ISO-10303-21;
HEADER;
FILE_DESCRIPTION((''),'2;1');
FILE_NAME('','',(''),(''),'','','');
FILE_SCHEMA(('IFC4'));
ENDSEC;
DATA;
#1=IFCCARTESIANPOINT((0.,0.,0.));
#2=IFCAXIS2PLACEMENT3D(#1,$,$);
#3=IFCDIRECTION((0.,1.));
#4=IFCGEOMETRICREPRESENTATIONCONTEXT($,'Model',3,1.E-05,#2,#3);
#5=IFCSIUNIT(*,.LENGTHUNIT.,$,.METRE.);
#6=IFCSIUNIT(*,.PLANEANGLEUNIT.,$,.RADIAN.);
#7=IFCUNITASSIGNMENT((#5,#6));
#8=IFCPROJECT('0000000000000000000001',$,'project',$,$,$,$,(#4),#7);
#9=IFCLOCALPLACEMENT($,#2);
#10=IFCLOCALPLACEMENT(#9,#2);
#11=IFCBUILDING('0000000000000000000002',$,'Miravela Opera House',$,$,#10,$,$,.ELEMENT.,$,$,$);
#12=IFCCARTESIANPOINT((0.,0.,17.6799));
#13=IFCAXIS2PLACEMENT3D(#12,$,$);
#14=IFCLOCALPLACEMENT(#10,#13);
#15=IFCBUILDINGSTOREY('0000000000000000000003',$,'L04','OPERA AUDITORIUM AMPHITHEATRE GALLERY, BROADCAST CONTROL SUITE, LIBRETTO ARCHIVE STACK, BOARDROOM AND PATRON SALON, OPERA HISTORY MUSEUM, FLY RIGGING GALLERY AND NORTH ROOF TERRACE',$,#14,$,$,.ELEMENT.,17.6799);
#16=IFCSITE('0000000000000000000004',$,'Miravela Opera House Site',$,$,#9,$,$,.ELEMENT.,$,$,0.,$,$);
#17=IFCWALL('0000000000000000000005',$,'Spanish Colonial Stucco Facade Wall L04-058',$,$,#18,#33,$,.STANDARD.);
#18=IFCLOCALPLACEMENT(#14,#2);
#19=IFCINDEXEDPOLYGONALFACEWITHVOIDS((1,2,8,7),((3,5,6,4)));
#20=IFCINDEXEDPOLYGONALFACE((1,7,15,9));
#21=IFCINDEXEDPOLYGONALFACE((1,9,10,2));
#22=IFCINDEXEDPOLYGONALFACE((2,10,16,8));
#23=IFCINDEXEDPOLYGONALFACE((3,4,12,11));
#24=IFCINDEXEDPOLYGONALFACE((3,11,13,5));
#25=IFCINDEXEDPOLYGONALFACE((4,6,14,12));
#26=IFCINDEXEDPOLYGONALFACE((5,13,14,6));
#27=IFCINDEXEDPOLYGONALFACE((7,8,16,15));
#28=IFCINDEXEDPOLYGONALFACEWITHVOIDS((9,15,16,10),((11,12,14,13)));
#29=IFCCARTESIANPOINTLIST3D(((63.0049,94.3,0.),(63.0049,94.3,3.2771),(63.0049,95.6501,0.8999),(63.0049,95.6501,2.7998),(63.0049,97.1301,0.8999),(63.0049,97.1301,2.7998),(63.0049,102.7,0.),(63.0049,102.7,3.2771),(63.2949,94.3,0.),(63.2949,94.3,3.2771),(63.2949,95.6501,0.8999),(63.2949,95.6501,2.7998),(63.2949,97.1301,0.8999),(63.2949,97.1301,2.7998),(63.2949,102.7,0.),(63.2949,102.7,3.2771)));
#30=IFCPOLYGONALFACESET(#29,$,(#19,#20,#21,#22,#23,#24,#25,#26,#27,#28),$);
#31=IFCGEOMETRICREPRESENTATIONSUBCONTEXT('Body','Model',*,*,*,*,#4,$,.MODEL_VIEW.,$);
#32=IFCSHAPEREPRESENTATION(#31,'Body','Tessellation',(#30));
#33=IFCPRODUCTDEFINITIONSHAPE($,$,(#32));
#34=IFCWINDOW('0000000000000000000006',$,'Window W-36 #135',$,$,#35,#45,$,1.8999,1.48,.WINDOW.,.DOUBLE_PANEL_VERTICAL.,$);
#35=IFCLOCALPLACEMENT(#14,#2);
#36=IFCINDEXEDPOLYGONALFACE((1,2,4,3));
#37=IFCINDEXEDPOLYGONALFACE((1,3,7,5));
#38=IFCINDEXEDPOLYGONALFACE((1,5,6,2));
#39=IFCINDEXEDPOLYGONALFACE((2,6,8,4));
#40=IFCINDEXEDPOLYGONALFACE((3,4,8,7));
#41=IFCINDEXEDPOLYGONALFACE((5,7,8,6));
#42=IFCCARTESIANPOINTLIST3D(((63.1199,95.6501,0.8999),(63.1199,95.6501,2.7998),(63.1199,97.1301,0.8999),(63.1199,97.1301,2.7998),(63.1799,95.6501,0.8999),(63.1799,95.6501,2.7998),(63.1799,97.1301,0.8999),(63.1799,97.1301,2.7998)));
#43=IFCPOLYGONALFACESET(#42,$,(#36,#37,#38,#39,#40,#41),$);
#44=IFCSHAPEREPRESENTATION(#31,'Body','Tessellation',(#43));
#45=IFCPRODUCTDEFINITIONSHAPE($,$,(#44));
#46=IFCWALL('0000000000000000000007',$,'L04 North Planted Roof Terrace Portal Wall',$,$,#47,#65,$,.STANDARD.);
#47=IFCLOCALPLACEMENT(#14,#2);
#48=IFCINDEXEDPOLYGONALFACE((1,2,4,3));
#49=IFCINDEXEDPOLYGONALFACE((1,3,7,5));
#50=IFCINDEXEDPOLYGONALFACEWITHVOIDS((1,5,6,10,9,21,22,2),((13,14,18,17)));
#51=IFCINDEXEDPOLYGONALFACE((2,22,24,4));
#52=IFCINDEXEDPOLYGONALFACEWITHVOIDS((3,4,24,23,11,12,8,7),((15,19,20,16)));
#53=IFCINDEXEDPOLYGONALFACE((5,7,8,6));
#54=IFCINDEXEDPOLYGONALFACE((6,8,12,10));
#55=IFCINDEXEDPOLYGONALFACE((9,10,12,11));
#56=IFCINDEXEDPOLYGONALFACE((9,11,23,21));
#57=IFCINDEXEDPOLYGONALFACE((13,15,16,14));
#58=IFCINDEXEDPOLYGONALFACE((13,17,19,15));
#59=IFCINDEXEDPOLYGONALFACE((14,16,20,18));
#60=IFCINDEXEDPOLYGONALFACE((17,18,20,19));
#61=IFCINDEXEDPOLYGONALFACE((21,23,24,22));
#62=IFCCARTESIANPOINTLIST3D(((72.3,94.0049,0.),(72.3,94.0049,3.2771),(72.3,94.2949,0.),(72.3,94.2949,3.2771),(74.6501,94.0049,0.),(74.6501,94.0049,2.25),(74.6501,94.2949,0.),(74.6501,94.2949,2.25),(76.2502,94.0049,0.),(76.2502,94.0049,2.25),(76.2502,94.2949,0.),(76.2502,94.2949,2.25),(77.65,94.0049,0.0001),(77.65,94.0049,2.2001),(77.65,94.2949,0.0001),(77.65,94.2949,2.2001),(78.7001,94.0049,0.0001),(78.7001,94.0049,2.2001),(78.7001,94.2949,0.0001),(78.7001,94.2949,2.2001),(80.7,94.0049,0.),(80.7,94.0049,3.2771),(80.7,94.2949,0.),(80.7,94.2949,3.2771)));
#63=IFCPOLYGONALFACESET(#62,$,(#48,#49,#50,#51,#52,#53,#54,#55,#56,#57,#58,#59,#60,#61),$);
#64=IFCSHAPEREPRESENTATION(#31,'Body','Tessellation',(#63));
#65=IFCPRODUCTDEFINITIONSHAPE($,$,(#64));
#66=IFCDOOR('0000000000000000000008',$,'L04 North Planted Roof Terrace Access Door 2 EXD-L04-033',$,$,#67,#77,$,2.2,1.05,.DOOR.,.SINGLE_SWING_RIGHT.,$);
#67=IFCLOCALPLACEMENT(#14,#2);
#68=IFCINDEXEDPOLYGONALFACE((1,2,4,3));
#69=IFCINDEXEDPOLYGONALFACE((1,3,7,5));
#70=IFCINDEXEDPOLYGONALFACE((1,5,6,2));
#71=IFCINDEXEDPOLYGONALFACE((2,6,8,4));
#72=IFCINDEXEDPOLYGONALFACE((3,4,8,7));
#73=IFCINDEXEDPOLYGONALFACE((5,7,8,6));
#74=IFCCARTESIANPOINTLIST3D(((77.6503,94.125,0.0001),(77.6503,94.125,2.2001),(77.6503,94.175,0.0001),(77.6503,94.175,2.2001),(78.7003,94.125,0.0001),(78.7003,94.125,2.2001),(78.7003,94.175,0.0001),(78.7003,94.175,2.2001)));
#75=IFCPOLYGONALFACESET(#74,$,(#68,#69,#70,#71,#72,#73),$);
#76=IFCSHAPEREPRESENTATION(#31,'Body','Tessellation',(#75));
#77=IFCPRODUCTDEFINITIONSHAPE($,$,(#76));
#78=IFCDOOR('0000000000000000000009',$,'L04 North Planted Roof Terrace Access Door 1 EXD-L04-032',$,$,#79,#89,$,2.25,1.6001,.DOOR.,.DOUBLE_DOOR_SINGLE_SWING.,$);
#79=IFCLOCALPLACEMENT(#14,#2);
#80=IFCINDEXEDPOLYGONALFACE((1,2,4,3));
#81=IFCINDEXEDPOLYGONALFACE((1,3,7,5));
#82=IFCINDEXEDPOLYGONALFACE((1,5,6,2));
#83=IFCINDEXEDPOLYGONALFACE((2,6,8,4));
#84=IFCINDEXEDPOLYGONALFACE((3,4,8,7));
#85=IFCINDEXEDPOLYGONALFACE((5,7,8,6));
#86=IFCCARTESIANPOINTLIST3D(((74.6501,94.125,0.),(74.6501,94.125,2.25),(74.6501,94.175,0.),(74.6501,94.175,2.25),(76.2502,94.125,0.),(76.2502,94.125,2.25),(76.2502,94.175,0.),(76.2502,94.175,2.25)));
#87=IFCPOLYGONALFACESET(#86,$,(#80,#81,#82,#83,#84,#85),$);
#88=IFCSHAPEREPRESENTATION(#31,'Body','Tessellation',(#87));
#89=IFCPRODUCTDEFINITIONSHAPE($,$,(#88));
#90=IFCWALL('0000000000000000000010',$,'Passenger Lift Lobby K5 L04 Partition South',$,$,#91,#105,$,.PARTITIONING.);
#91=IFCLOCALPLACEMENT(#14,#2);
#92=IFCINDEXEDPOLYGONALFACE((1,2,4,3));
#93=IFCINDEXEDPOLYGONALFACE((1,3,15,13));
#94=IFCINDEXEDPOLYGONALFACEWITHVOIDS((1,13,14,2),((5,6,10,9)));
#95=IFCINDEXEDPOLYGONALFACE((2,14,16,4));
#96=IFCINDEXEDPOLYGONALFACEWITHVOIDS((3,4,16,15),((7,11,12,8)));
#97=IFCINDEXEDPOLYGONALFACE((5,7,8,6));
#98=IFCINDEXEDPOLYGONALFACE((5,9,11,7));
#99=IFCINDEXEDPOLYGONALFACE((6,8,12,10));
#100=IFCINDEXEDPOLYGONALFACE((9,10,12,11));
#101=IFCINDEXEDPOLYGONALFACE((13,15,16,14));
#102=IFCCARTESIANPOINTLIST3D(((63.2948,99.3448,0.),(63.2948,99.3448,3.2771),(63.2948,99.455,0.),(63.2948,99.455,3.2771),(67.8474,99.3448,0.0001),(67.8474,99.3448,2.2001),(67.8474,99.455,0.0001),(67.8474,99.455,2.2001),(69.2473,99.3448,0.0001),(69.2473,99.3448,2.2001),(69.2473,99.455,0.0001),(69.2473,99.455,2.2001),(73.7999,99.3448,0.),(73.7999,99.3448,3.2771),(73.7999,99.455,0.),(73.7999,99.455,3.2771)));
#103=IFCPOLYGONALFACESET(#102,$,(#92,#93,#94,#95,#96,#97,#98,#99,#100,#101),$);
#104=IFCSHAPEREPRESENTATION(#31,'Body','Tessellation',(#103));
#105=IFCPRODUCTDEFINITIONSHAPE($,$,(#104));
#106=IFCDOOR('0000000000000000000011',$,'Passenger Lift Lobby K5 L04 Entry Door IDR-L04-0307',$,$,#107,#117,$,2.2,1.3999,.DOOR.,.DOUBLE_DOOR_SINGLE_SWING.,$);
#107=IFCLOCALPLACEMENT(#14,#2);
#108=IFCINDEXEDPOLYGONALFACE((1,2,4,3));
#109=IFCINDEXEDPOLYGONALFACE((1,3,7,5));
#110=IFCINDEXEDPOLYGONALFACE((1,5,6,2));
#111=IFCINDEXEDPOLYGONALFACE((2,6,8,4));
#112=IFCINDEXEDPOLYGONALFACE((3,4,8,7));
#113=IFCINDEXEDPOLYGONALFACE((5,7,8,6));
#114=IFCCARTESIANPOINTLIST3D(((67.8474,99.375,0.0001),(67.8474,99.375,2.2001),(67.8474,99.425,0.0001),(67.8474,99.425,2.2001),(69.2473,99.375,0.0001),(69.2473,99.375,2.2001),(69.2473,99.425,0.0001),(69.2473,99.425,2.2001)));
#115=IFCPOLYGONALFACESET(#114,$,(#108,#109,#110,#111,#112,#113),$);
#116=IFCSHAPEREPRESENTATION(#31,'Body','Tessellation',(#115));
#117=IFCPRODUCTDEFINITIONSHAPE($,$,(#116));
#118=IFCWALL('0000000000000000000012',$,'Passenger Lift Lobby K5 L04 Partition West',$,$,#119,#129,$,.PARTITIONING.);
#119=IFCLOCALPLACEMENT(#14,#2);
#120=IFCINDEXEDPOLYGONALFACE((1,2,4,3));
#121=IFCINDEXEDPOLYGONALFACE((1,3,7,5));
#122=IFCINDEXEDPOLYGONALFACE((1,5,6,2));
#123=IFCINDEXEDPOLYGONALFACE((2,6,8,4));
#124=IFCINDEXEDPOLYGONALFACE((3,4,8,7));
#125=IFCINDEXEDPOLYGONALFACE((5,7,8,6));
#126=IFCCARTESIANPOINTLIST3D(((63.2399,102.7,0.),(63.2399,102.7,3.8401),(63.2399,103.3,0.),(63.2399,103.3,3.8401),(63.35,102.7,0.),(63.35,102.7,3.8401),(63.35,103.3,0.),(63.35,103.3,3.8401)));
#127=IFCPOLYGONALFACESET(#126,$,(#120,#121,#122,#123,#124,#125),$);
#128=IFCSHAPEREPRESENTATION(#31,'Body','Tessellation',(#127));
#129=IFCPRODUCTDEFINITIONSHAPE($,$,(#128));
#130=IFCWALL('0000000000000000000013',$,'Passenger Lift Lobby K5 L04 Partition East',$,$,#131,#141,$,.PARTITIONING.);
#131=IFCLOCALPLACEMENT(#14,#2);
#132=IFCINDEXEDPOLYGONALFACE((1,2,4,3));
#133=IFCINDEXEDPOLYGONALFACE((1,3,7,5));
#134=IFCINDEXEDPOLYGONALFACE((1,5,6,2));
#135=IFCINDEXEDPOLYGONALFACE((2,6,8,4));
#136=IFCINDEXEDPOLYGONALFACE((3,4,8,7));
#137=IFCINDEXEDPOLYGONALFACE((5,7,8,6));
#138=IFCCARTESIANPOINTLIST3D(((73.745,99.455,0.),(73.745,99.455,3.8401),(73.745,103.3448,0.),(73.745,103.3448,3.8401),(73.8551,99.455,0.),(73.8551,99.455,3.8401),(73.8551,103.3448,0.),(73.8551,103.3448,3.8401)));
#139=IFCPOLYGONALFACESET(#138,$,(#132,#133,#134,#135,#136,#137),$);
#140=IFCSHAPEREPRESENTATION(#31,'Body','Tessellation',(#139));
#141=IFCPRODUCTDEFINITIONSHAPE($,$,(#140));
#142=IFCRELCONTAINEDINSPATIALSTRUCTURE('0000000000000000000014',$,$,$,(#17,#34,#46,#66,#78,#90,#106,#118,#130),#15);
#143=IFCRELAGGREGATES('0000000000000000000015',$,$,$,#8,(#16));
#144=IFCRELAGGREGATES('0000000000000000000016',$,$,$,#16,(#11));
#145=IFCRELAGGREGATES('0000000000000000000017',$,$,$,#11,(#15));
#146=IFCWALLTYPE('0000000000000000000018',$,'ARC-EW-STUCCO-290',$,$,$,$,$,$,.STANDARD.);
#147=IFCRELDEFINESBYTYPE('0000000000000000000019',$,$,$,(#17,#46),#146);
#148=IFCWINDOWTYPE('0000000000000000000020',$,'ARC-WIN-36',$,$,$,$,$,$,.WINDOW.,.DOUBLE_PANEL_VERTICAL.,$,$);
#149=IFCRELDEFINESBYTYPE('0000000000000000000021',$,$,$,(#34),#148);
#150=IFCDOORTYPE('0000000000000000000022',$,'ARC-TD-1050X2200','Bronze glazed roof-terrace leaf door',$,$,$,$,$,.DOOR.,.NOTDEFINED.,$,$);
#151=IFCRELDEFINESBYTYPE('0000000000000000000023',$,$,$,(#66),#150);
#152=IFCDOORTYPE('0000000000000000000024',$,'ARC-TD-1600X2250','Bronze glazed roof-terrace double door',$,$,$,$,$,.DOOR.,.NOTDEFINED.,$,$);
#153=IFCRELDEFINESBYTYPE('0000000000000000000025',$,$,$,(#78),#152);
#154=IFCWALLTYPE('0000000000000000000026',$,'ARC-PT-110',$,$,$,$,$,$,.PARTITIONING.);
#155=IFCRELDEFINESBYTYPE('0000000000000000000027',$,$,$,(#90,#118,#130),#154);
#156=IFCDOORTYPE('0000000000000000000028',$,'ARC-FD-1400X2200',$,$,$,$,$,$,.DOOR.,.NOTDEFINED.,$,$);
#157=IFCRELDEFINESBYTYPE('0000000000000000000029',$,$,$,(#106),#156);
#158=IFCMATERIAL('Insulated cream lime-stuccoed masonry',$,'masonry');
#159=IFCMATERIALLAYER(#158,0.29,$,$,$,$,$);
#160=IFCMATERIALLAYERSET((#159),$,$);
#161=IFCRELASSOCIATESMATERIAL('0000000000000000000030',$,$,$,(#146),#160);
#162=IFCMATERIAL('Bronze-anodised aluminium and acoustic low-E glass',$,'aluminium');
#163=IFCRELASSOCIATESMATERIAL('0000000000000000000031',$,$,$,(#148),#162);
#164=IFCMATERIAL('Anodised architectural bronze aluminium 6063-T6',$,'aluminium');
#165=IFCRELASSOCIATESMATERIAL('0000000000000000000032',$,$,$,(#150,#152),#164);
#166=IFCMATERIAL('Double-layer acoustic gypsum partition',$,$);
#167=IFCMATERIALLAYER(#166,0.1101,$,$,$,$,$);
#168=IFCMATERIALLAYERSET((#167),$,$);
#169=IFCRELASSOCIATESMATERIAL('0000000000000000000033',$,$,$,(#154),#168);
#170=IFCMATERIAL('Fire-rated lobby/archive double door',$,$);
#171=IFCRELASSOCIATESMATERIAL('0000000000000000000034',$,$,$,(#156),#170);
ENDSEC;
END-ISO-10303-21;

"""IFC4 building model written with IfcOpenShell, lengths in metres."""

from ifc_helpers import new_model, si_unit, direction, frame, frame_2d, origin, place, context, subcontext, project, spatial, rectangle, extrude, material, layer, layer_set, type_object, element, fill, save


model = new_model("IFC4")

# Units and contexts
model_context = context("Model", 3, precision=1e-05, world=origin(), true_north=direction((0.0, 1.0)))
body_context = subcontext(model_context, "Body", "Model", "MODEL_VIEW")
ifc_project = project(units=[si_unit("LENGTHUNIT", "METRE"), si_unit("PLANEANGLEUNIT", "RADIAN")], contexts=[model_context])

# Site, building, storey
site_placement = place(None, origin())
site = spatial("IfcSite", under=ifc_project, at=site_placement, Name="Miravela Opera House Site", CompositionType="ELEMENT", RefElevation=0.0)
building_placement = place(site_placement, origin())
building = spatial("IfcBuilding", under=site, at=building_placement, Name="Miravela Opera House", CompositionType="ELEMENT")
storey_placement = place(building_placement, frame((0.0, 0.0, 17.6799)))
storey = spatial("IfcBuildingStorey", under=building, at=storey_placement, Name="L04", Description="OPERA AUDITORIUM AMPHITHEATRE GALLERY, BROADCAST CONTROL SUITE, LIBRETTO ARCHIVE STACK, BOARDROOM AND PATRON SALON, OPERA HISTORY MUSEUM, FLY RIGGING GALLERY AND NORTH ROOF TERRACE", CompositionType="ELEMENT", Elevation=17.6799)

# Wall, opening, window
ifc_material_1 = material(Name="Insulated cream lime-stuccoed masonry", Category="masonry")
ifc_layer_1 = layer(ifc_material_1, 0.29)
ifc_layer_set_1 = layer_set([ifc_layer_1])
wall_type_1 = type_object("IfcWallType", Name="ARC-EW-STUCCO-290", PredefinedType="STANDARD", material=ifc_layer_set_1)
wall_1_placement = place(storey_placement, frame((63.1499, 94.3, 0.0), z_axis=(0.0, 0.0, 1.0), x_axis=(0.0, 1.0, 0.0)))
wall_1 = element("IfcWall", 1, at=wall_1_placement, inside=storey, type_object=wall_type_1, Name="Spanish Colonial Stucco Facade Wall L04-058", PredefinedType="STANDARD", context=body_context, shape_type="SweptSolid", body=[
    extrude(rectangle(XDim=8.3999, YDim=0.29, at=frame_2d((4.2, 0.0))), origin(), (0.0, 0.0, 1.0), 3.2771),
])
opening_1_placement = place(wall_1_placement, frame((1.3501, 0.0, 0.8999)))
opening_1 = element("IfcOpeningElement", 2, at=opening_1_placement, cuts=wall_1, PredefinedType="OPENING", context=body_context, shape_type="SweptSolid", body=[
    extrude(rectangle(XDim=1.48, YDim=1.8999, at=frame_2d((0.74, 0.95))), frame((0.0, 0.155, 0.0), z_axis=(0.0, -1.0, 0.0), x_axis=(1.0, 0.0, 0.0)), (0.0, 0.0, 1.0), 0.3101),
])
ifc_material_2 = material(Name="Bronze-anodised aluminium and acoustic low-E glass", Category="aluminium")
window_type = type_object("IfcWindowType", Name="ARC-WIN-36", PartitioningType="DOUBLE_PANEL_VERTICAL", PredefinedType="WINDOW", material=ifc_material_2)
window_placement = place(opening_1_placement, origin())
window = element("IfcWindow", 3, at=window_placement, inside=storey, type_object=window_type, Name="Window W-36 #135", OverallHeight=1.8999, OverallWidth=1.48, PartitioningType="DOUBLE_PANEL_VERTICAL", PredefinedType="WINDOW", context=body_context, shape_type="SweptSolid", body=[
    extrude(rectangle(XDim=1.48, YDim=1.8999, at=frame_2d((0.74, 0.95))), frame((0.0, 0.03, 0.0), z_axis=(0.0, -1.0, 0.0), x_axis=(1.0, 0.0, 0.0)), (0.0, 0.0, 1.0), 0.0601),
])
fill(opening_1, window)

# Wall, openings, doors
wall_2_placement = place(storey_placement, frame((72.3, 94.1499, 0.0), z_axis=(0.0, 0.0, 1.0), x_axis=(1.0, 0.0, 0.0)))
wall_2 = element("IfcWall", 4, at=wall_2_placement, inside=storey, type_object=wall_type_1, Name="L04 North Planted Roof Terrace Portal Wall", PredefinedType="STANDARD", context=body_context, shape_type="SweptSolid", body=[
    extrude(rectangle(XDim=8.3999, YDim=0.29, at=frame_2d((4.2, 0.0))), origin(), (0.0, 0.0, 1.0), 3.2771),
])
opening_2_placement = place(wall_2_placement, frame((2.3501, 0.0, 0.0)))
opening_2 = element("IfcOpeningElement", 5, at=opening_2_placement, cuts=wall_2, PredefinedType="OPENING", context=body_context, shape_type="SweptSolid", body=[
    extrude(rectangle(XDim=1.6001, YDim=2.25, at=frame_2d((0.8, 1.125))), frame((0.0, 0.155, 0.0), z_axis=(0.0, -1.0, 0.0), x_axis=(1.0, 0.0, 0.0)), (0.0, 0.0, 1.0), 0.3101),
])
opening_3_placement = place(wall_2_placement, frame((5.3501, 0.0, 0.0)))
opening_3 = element("IfcOpeningElement", 6, at=opening_3_placement, cuts=wall_2, PredefinedType="OPENING", context=body_context, shape_type="SweptSolid", body=[
    extrude(rectangle(XDim=1.05, YDim=2.2, at=frame_2d((0.5249, 1.1001))), frame((0.0, 0.155, 0.0), z_axis=(0.0, -1.0, 0.0), x_axis=(1.0, 0.0, 0.0)), (0.0, 0.0, 1.0), 0.3101),
])
ifc_material_3 = material(Name="Anodised architectural bronze aluminium 6063-T6", Category="aluminium")
door_type_1 = type_object("IfcDoorType", Name="ARC-TD-1050X2200", Description="Bronze glazed roof-terrace leaf door", OperationType="NOTDEFINED", PredefinedType="DOOR", material=ifc_material_3)
door_1_placement = place(opening_3_placement, frame((1.05, 0.0, 0.0), z_axis=(0.0, 0.0, 1.0), x_axis=(-1.0, 0.0, 0.0)))
door_1 = element("IfcDoor", 7, at=door_1_placement, inside=storey, type_object=door_type_1, Name="L04 North Planted Roof Terrace Access Door 2 EXD-L04-033", OperationType="SINGLE_SWING_RIGHT", OverallHeight=2.2, OverallWidth=1.05, PredefinedType="DOOR", context=body_context, shape_type="SweptSolid", body=[
    extrude(rectangle(XDim=1.05, YDim=2.2, at=frame_2d((0.5249, 1.1001))), frame((0.0, 0.0249, 0.0), z_axis=(0.0, -1.0, 0.0), x_axis=(1.0, 0.0, 0.0)), (0.0, 0.0, 1.0), 0.05),
])
fill(opening_3, door_1)
door_type_2 = type_object("IfcDoorType", Name="ARC-TD-1600X2250", Description="Bronze glazed roof-terrace double door", OperationType="NOTDEFINED", PredefinedType="DOOR", material=ifc_material_3)
door_2_placement = place(opening_2_placement, frame((1.6001, 0.0, 0.0), z_axis=(0.0, 0.0, 1.0), x_axis=(-1.0, 0.0, 0.0)))
door_2 = element("IfcDoor", 8, at=door_2_placement, inside=storey, type_object=door_type_2, Name="L04 North Planted Roof Terrace Access Door 1 EXD-L04-032", OperationType="DOUBLE_DOOR_SINGLE_SWING", OverallHeight=2.25, OverallWidth=1.6001, PredefinedType="DOOR", context=body_context, shape_type="SweptSolid", body=[
    extrude(rectangle(XDim=1.6001, YDim=2.25, at=frame_2d((0.8, 1.125))), frame((0.0, 0.0249, 0.0), z_axis=(0.0, -1.0, 0.0), x_axis=(1.0, 0.0, 0.0)), (0.0, 0.0, 1.0), 0.05),
])
fill(opening_2, door_2)

# Wall, opening, door
ifc_material_4 = material(Name="Double-layer acoustic gypsum partition")
ifc_layer_2 = layer(ifc_material_4, 0.1101)
ifc_layer_set_2 = layer_set([ifc_layer_2])
wall_type_2 = type_object("IfcWallType", Name="ARC-PT-110", PredefinedType="PARTITIONING", material=ifc_layer_set_2)
wall_3_placement = place(storey_placement, frame((63.2949, 99.3999, 0.0), z_axis=(0.0, 0.0, 1.0), x_axis=(1.0, 0.0, 0.0)))
wall_3 = element("IfcWall", 9, at=wall_3_placement, inside=storey, type_object=wall_type_2, Name="Passenger Lift Lobby K5 L04 Partition South", PredefinedType="PARTITIONING", context=body_context, shape_type="SweptSolid", body=[
    extrude(rectangle(XDim=10.5051, YDim=0.1101, at=frame_2d((5.2524, 0.0))), origin(), (0.0, 0.0, 1.0), 3.2771),
])
opening_4_placement = place(wall_3_placement, frame((4.5525, 0.0, 0.0)))
opening_4 = element("IfcOpeningElement", 10, at=opening_4_placement, cuts=wall_3, PredefinedType="OPENING", context=body_context, shape_type="SweptSolid", body=[
    extrude(rectangle(XDim=1.3999, YDim=2.2, at=frame_2d((0.7, 1.1001))), frame((0.0, 0.0649, 0.0), z_axis=(0.0, -1.0, 0.0), x_axis=(1.0, 0.0, 0.0)), (0.0, 0.0, 1.0), 0.1301),
])
ifc_material_5 = material(Name="Fire-rated lobby/archive double door")
door_type_3 = type_object("IfcDoorType", Name="ARC-FD-1400X2200", OperationType="NOTDEFINED", PredefinedType="DOOR", material=ifc_material_5)
door_3_placement = place(opening_4_placement, frame((1.3999, 0.0, 0.0), z_axis=(0.0, 0.0, 1.0), x_axis=(-1.0, 0.0, 0.0)))
door_3 = element("IfcDoor", 11, at=door_3_placement, inside=storey, type_object=door_type_3, Name="Passenger Lift Lobby K5 L04 Entry Door IDR-L04-0307", OperationType="DOUBLE_DOOR_SINGLE_SWING", OverallHeight=2.2, OverallWidth=1.3999, PredefinedType="DOOR", context=body_context, shape_type="SweptSolid", body=[
    extrude(rectangle(XDim=1.3999, YDim=2.2, at=frame_2d((0.7, 1.1001))), frame((0.0, 0.0249, 0.0), z_axis=(0.0, -1.0, 0.0), x_axis=(1.0, 0.0, 0.0)), (0.0, 0.0, 1.0), 0.05),
])
fill(opening_4, door_3)

# Walls
wall_4_placement = place(storey_placement, frame((63.2949, 102.7, 0.0), z_axis=(0.0, 0.0, 1.0), x_axis=(0.0, 1.0, 0.0)))
element("IfcWall", 12, at=wall_4_placement, inside=storey, type_object=wall_type_2, Name="Passenger Lift Lobby K5 L04 Partition West", PredefinedType="PARTITIONING", context=body_context, shape_type="SweptSolid", body=[
    extrude(rectangle(XDim=0.6001, YDim=0.1101, at=frame_2d((0.3, 0.0))), origin(), (0.0, 0.0, 1.0), 3.8401),
])
wall_5_placement = place(storey_placement, frame((73.8, 99.4551, 0.0), z_axis=(0.0, 0.0, 1.0), x_axis=(0.0, 1.0, 0.0)))
element("IfcWall", 13, at=wall_5_placement, inside=storey, type_object=wall_type_2, Name="Passenger Lift Lobby K5 L04 Partition East", PredefinedType="PARTITIONING", context=body_context, shape_type="SweptSolid", body=[
    extrude(rectangle(XDim=3.8899, YDim=0.1101, at=frame_2d((1.9448, 0.0))), origin(), (0.0, 0.0, 1.0), 3.8401),
])

save(model, "model.ifc")
